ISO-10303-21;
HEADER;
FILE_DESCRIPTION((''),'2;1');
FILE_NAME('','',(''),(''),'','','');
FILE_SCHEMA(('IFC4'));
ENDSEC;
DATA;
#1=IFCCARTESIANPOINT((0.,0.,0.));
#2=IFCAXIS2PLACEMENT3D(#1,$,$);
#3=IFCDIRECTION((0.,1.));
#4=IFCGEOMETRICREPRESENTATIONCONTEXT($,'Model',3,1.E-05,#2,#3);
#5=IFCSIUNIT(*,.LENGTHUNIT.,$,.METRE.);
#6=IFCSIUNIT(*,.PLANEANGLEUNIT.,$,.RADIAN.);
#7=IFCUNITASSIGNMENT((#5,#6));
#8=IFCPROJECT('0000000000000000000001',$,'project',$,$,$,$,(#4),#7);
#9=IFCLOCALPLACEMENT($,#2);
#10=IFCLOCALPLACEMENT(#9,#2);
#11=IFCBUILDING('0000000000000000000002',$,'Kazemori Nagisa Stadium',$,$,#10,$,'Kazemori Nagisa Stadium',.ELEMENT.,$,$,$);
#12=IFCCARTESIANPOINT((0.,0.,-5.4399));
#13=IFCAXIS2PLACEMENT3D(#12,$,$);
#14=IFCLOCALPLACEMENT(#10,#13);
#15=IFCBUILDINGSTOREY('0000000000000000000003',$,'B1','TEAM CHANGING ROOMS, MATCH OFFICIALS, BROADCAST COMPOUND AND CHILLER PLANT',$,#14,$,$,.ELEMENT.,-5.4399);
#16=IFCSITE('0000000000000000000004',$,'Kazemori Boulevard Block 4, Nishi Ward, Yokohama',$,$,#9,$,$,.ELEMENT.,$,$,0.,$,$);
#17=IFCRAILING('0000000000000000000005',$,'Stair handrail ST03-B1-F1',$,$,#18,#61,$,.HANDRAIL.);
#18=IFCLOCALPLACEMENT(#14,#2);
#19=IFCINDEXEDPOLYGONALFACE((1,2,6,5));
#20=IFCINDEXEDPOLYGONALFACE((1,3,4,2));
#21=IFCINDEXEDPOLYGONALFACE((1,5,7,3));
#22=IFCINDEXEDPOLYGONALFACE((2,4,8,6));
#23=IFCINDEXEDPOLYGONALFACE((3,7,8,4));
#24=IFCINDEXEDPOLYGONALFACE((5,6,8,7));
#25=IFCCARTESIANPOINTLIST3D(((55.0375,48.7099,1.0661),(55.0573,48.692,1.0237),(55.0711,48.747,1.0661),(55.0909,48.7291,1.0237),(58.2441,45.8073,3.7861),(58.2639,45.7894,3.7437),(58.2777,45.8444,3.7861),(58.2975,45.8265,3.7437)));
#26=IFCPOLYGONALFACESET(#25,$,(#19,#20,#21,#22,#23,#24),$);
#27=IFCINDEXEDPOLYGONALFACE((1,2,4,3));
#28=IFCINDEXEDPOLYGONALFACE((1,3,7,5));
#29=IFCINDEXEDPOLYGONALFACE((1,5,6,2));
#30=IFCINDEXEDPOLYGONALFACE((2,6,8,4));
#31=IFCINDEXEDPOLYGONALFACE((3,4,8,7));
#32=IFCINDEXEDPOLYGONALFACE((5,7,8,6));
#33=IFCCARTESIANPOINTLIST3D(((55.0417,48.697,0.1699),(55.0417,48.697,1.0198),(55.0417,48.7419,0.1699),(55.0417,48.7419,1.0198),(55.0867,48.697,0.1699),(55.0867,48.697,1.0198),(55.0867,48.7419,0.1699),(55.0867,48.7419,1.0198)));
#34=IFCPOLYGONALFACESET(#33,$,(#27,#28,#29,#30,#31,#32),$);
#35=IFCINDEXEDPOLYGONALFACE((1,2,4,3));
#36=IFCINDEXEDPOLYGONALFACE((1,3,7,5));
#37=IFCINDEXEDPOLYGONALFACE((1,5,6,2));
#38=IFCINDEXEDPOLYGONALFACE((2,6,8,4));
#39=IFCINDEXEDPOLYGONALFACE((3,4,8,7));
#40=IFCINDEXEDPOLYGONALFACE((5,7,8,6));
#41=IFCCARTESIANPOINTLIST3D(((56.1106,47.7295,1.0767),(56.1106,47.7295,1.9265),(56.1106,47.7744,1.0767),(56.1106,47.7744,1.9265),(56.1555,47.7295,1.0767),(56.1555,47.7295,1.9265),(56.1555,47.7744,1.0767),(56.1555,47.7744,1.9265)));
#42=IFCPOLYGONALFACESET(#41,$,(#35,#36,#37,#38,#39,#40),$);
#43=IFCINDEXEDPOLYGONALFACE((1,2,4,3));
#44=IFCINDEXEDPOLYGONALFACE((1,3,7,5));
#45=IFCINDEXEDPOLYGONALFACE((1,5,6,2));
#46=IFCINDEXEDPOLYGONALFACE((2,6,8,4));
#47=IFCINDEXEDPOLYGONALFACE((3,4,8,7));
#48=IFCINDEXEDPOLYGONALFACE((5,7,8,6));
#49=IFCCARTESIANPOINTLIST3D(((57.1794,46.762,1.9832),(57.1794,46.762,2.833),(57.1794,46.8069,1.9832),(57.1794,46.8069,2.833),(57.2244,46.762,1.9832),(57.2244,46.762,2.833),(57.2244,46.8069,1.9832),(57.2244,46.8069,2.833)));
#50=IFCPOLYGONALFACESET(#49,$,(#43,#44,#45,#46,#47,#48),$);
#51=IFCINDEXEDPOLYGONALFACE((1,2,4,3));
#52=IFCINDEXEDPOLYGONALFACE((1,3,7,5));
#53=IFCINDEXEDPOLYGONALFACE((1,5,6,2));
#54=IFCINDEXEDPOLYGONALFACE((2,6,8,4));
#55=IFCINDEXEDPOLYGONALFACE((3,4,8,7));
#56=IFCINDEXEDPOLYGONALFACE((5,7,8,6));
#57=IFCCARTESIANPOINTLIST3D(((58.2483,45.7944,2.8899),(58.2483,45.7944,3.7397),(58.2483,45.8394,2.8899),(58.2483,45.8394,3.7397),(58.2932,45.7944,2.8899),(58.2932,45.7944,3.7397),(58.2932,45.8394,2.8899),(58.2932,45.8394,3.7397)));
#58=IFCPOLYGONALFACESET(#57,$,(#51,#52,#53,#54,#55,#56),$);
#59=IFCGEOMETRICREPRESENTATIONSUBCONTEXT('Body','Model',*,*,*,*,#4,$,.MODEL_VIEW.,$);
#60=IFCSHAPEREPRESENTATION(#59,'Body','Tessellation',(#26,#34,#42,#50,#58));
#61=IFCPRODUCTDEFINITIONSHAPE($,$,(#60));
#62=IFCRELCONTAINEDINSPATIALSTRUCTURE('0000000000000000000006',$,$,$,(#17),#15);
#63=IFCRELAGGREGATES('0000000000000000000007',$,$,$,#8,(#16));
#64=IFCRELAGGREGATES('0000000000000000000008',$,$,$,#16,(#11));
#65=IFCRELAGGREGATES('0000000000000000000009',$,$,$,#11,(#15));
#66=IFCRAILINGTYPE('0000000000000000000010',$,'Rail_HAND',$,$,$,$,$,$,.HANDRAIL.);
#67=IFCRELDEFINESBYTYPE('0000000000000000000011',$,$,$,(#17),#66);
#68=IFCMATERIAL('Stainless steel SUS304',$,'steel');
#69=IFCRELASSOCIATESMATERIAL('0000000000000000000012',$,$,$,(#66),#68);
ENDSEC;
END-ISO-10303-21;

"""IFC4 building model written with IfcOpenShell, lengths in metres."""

from ifc_helpers import new_model, si_unit, direction, frame, origin, origin_2d, place, context, subcontext, project, spatial, rectangle, extrude, material, type_object, element, save


model = new_model("IFC4")

# Units and contexts
model_context = context("Model", 3, precision=1e-05, world=origin(), true_north=direction((0.0, 1.0)))
body_context = subcontext(model_context, "Body", "Model", "MODEL_VIEW")
ifc_project = project(units=[si_unit("LENGTHUNIT", "METRE"), si_unit("PLANEANGLEUNIT", "RADIAN")], contexts=[model_context])

# Site, building, storey
site_placement = place(None, origin())
site = spatial("IfcSite", under=ifc_project, at=site_placement, Name="Kazemori Boulevard Block 4, Nishi Ward, Yokohama", CompositionType="ELEMENT", RefElevation=0.0)
building_placement = place(site_placement, origin())
building = spatial("IfcBuilding", under=site, at=building_placement, Name="Kazemori Nagisa Stadium", LongName="Kazemori Nagisa Stadium", CompositionType="ELEMENT")
storey_placement = place(building_placement, frame((0.0, 0.0, -5.4399)))
storey = spatial("IfcBuildingStorey", under=building, at=storey_placement, Name="B1", Description="TEAM CHANGING ROOMS, MATCH OFFICIALS, BROADCAST COMPOUND AND CHILLER PLANT", CompositionType="ELEMENT", Elevation=-5.4399)

# Railing
ifc_material_1 = material(Name="Stainless steel SUS304", Category="steel")
railing_type_1 = type_object("IfcRailingType", Name="Rail_HAND", PredefinedType="HANDRAIL", material=ifc_material_1)
railing_1_placement = place(storey_placement, frame((55.0642, 48.7195, 0.1699)))
element("IfcRailing", 1, at=railing_1_placement, inside=storey, type_object=railing_type_1, Name="Stair handrail ST03-B1-F1", PredefinedType="HANDRAIL", context=body_context, shape_type="SweptSolid", body=[
    extrude(rectangle(XDim=0.05, YDim=0.05, at=origin_2d()), frame((0.0, 0.0, 0.875), z_axis=(0.627587, -0.568096, 0.532354), x_axis=(0.671095, 0.741371, 0.0)), (0.0, 0.0, 1.0), 5.1094),
    extrude(rectangle(XDim=0.0449, YDim=0.0449, at=origin_2d()), origin(), (0.0, 0.0, 1.0), 0.8499),
    extrude(rectangle(XDim=0.0449, YDim=0.0449, at=origin_2d()), frame((1.0688, -0.9675, 0.9067)), (0.0, 0.0, 1.0), 0.8499),
    extrude(rectangle(XDim=0.0449, YDim=0.0449, at=origin_2d()), frame((2.1377, -1.9351, 1.8132)), (0.0, 0.0, 1.0), 0.8499),
    extrude(rectangle(XDim=0.0449, YDim=0.0449, at=origin_2d()), frame((3.2065, -2.9026, 2.72)), (0.0, 0.0, 1.0), 0.8499),
])

save(model, "model.ifc")
